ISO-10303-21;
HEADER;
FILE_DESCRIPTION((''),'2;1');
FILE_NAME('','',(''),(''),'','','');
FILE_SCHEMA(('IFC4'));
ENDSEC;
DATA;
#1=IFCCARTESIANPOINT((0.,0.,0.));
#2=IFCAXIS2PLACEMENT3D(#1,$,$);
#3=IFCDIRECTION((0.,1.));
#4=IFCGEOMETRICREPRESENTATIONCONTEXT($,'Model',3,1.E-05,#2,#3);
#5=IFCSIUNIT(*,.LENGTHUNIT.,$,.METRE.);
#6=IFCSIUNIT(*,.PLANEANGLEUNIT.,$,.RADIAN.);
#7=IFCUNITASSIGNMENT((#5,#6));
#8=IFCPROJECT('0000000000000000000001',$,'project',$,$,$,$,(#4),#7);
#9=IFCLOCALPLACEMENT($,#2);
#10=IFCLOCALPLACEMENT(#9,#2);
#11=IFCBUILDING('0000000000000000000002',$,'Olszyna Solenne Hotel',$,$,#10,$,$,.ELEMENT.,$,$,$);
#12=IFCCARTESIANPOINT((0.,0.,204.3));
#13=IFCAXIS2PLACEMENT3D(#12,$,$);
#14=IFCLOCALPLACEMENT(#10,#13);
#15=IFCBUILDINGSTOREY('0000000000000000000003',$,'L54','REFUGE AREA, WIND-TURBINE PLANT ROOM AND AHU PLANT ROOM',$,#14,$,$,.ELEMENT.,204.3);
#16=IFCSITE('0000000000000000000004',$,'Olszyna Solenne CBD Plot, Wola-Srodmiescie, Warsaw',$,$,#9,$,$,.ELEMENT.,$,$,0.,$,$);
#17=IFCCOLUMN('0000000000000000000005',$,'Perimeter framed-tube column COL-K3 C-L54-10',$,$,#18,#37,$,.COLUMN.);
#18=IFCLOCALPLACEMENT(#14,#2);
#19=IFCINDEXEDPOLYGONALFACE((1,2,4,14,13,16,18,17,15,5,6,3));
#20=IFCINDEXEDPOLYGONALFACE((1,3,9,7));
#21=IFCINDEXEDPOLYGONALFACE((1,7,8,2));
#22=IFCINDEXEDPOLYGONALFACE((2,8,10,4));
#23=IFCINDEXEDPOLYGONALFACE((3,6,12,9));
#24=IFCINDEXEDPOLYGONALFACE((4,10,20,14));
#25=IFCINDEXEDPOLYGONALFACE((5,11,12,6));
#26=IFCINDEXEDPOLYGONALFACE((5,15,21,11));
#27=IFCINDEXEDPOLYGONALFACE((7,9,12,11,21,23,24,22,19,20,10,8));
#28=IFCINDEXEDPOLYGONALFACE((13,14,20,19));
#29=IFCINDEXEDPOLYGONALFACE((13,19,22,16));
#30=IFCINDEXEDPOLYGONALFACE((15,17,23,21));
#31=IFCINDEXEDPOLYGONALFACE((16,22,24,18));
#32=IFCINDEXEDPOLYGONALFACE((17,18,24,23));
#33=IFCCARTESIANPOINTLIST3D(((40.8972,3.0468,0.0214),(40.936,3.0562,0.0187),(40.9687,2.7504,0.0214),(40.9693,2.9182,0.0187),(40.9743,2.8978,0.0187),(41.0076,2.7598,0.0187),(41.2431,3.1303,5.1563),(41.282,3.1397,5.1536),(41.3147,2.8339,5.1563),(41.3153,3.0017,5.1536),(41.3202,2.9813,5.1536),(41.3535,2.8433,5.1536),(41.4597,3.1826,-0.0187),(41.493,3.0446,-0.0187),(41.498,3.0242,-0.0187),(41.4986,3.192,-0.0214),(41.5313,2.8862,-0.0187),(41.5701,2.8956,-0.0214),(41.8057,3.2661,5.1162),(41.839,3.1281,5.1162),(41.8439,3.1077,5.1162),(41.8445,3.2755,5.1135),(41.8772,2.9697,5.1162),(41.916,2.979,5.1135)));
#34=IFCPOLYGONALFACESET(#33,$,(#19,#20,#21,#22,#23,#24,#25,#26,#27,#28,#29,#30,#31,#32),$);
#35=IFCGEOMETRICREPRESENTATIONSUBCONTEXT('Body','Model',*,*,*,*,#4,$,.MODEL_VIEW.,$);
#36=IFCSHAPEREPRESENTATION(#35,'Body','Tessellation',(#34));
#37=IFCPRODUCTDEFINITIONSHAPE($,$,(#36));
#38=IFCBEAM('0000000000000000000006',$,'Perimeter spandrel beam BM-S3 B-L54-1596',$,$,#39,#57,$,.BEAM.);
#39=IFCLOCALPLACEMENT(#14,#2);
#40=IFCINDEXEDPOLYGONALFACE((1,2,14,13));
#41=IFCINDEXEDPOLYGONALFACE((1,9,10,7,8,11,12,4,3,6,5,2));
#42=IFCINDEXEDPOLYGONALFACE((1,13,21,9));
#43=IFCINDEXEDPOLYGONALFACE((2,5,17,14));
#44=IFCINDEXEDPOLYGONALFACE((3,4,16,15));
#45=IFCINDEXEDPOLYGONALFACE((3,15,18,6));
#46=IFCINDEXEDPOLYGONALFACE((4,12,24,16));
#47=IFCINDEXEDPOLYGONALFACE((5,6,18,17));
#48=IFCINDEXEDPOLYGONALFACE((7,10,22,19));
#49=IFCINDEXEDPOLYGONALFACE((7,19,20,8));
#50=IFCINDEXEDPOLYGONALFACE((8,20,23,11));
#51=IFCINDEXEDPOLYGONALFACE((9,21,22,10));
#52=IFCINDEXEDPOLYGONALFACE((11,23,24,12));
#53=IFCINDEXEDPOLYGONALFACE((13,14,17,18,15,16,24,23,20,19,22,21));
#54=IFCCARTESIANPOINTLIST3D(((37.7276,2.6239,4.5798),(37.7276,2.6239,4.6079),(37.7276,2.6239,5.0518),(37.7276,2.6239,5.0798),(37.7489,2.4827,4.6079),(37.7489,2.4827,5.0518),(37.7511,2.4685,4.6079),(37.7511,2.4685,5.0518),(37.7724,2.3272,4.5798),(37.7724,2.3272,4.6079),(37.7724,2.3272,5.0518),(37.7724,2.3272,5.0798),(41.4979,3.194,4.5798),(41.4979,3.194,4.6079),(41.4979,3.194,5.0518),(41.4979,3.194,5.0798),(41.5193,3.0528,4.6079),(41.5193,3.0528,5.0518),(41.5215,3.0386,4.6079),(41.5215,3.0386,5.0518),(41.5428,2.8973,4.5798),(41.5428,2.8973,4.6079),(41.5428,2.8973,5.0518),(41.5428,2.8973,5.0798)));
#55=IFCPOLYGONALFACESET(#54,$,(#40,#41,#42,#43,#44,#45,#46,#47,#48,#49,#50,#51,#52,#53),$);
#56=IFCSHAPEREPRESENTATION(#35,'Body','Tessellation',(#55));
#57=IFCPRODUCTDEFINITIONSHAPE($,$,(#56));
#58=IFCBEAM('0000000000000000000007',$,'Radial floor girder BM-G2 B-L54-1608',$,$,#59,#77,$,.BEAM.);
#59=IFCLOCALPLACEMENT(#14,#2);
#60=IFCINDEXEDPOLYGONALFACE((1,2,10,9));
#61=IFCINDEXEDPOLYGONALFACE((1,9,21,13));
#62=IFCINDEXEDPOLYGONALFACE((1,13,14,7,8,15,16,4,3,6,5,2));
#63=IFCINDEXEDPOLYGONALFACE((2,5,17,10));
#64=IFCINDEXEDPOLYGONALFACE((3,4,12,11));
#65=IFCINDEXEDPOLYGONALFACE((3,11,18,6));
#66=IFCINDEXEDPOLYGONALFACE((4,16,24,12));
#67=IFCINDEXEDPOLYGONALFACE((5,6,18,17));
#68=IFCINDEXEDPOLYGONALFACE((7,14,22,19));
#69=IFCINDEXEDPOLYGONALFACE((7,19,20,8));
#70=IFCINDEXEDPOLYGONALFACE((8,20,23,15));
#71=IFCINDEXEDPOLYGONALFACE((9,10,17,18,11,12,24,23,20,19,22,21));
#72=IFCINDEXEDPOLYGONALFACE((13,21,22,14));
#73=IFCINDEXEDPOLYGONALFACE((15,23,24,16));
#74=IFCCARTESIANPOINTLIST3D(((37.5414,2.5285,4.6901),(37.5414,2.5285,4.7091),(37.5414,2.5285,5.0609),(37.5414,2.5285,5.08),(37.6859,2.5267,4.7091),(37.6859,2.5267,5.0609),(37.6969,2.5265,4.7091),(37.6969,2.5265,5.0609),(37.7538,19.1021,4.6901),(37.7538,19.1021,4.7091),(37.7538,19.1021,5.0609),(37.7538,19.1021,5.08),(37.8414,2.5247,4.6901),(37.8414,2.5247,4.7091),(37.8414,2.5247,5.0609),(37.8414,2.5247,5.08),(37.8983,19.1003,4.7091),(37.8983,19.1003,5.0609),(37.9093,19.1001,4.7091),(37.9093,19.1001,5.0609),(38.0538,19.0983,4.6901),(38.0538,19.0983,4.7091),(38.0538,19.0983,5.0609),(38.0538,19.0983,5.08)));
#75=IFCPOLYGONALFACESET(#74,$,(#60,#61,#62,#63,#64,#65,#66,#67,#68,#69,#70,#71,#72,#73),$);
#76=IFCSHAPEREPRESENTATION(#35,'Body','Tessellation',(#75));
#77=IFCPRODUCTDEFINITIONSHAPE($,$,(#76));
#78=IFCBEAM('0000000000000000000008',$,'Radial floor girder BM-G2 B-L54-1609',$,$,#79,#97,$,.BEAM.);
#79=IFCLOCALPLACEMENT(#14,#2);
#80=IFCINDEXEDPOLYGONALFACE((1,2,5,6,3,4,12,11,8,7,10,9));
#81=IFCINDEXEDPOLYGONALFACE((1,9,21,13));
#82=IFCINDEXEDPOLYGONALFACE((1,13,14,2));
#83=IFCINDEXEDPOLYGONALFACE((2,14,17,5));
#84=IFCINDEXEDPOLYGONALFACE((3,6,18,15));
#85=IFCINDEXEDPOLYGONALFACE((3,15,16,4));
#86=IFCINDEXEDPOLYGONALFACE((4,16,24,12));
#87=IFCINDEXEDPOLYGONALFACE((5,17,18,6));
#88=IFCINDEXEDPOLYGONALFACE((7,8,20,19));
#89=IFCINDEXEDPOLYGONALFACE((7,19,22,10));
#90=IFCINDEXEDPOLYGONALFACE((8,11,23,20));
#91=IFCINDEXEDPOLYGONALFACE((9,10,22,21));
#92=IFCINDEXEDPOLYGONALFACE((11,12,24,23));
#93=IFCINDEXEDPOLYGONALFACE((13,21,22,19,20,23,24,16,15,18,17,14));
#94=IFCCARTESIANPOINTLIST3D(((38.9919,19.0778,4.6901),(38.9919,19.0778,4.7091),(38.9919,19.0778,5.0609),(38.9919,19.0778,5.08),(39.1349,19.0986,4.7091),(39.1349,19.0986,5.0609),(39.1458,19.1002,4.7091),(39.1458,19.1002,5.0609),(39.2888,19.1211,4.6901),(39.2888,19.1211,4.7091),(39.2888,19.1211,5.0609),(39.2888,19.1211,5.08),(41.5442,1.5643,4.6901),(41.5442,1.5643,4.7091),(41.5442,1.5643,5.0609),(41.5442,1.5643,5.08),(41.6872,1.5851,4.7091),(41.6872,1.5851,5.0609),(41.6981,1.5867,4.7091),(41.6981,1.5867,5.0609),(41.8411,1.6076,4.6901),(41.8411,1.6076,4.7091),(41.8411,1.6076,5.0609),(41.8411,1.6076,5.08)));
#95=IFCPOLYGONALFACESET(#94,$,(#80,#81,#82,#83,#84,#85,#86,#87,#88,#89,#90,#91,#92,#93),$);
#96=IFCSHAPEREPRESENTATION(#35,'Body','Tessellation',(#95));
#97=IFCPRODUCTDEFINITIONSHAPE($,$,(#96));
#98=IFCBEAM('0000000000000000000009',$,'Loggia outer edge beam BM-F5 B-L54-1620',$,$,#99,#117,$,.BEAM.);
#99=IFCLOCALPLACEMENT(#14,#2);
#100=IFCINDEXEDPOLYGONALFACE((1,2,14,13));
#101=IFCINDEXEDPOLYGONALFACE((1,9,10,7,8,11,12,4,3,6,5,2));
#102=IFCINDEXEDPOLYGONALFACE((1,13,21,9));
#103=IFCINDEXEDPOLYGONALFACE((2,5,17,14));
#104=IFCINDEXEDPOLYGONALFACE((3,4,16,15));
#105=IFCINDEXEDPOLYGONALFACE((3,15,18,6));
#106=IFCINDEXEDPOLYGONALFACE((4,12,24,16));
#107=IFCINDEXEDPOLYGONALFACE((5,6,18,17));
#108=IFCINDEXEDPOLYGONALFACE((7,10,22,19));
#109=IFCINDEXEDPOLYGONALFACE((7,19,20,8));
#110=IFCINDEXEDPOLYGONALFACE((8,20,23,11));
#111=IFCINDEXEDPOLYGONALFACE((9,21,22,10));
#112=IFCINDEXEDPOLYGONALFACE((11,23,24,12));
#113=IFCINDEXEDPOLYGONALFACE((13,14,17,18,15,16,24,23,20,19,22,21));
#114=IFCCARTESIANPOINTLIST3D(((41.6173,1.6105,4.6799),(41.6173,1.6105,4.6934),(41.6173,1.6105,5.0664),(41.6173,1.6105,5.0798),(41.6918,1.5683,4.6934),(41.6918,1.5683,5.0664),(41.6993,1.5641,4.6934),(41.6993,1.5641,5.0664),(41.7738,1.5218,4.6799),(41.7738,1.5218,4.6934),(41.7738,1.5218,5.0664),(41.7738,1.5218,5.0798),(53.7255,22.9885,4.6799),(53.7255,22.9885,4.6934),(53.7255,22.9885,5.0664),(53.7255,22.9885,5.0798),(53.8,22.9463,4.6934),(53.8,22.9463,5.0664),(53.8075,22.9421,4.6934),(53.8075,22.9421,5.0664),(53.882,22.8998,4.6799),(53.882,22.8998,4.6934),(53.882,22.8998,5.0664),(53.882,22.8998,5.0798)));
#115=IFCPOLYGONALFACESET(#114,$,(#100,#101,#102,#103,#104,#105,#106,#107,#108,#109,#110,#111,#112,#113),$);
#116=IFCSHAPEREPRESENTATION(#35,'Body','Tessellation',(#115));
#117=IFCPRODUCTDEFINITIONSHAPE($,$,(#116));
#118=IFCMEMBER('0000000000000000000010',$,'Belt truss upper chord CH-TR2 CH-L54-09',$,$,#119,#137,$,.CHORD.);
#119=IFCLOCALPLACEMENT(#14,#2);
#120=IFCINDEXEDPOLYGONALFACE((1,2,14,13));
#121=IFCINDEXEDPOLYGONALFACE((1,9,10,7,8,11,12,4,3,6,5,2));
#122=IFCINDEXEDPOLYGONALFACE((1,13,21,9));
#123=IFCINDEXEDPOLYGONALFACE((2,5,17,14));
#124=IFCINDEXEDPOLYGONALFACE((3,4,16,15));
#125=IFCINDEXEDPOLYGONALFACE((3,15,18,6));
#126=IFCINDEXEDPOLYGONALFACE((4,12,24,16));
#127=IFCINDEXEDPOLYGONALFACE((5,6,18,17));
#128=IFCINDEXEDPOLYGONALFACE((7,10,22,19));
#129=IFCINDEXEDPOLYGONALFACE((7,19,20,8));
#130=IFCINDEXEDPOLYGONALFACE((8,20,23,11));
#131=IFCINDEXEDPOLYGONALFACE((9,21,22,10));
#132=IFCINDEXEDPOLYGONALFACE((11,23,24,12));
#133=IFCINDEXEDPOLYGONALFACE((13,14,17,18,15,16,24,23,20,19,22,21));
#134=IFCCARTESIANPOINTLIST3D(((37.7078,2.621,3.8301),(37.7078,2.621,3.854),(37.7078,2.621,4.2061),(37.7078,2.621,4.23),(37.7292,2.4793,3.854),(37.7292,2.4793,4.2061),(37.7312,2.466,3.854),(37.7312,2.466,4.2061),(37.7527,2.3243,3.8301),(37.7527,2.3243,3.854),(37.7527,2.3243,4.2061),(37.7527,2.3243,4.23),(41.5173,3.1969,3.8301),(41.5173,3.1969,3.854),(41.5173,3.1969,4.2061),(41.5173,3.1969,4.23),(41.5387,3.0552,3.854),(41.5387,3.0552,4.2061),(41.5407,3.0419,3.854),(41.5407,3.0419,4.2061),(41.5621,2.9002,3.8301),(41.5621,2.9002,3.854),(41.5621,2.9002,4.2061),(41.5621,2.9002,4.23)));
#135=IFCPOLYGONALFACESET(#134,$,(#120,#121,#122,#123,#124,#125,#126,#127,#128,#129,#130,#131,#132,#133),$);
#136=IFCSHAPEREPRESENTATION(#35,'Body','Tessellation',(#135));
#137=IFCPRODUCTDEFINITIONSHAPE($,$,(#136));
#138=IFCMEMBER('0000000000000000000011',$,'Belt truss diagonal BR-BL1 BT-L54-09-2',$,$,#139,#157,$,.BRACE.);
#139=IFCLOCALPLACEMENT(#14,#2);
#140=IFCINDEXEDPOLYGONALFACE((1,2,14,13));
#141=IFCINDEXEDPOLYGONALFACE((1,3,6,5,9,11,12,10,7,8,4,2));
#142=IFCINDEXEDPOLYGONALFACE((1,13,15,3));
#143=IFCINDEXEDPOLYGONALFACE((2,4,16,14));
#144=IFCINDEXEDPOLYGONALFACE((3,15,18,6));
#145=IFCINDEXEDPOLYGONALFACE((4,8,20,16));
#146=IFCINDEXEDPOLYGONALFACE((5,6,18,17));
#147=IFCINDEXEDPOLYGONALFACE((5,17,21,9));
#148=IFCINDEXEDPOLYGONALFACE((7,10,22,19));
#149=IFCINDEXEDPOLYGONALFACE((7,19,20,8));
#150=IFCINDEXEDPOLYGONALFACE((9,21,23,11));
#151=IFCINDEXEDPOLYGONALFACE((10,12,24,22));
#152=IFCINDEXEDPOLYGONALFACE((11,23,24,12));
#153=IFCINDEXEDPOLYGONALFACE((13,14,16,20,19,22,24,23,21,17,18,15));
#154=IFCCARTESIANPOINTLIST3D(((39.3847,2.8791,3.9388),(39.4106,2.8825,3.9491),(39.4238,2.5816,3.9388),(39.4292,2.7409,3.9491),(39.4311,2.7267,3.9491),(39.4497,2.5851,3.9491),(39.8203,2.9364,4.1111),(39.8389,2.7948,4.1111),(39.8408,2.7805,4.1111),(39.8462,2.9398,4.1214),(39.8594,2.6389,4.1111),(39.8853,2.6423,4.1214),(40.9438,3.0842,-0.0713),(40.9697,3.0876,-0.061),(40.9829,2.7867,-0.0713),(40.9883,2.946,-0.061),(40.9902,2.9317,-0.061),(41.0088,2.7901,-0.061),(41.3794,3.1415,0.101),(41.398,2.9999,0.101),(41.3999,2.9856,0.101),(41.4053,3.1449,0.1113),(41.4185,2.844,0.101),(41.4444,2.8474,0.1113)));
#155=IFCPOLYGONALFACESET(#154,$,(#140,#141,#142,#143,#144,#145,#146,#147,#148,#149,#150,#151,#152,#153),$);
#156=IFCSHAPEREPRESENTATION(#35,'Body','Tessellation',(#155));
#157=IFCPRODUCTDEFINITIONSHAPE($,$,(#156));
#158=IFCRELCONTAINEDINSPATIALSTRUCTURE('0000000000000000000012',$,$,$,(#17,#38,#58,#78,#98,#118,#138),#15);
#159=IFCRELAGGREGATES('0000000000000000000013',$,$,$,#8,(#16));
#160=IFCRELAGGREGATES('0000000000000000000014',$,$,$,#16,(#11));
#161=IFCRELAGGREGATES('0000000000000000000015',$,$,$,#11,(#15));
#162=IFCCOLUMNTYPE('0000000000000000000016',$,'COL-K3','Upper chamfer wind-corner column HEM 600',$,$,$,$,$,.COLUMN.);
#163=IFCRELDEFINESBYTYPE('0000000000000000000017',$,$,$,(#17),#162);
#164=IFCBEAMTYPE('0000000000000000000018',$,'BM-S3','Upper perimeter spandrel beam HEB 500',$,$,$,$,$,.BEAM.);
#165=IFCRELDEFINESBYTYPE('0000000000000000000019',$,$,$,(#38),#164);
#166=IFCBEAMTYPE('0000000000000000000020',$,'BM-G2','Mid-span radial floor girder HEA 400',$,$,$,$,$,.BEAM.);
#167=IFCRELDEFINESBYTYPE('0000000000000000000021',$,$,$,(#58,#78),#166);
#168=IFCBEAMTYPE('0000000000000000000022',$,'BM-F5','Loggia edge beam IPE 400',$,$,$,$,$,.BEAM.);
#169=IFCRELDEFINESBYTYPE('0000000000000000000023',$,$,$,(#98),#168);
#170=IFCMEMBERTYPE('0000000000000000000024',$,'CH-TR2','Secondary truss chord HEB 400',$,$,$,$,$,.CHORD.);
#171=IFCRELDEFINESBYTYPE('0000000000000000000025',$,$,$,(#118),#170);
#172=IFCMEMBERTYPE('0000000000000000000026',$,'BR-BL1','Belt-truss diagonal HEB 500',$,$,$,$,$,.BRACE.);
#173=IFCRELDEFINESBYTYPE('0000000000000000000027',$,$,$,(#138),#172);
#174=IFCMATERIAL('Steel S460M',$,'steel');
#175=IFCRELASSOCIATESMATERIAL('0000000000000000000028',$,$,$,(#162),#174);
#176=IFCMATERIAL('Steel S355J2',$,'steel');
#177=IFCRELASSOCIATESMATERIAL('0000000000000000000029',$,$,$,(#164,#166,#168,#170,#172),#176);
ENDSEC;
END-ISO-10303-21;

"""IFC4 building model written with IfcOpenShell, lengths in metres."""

from ifc_helpers import new_model, si_unit, direction, frame, origin, origin_2d, place, context, subcontext, project, spatial, i_section, extrude, source, transform, mapped, material, material_profile, profile_set, type_object, element, save


model = new_model("IFC4")

# Units and contexts
model_context = context("Model", 3, precision=1e-05, world=origin(), true_north=direction((0.0, 1.0)))
body_context = subcontext(model_context, "Body", "Model", "MODEL_VIEW")
ifc_project = project(units=[si_unit("LENGTHUNIT", "METRE"), si_unit("PLANEANGLEUNIT", "RADIAN")], contexts=[model_context])

# Site, building, storey
site_placement = place(None, origin())
site = spatial("IfcSite", under=ifc_project, at=site_placement, Name="Olszyna Solenne CBD Plot, Wola-Srodmiescie, Warsaw", CompositionType="ELEMENT", RefElevation=0.0)
building_placement = place(site_placement, origin())
building = spatial("IfcBuilding", under=site, at=building_placement, Name="Olszyna Solenne Hotel", CompositionType="ELEMENT")
storey_placement = place(building_placement, frame((0.0, 0.0, 204.3)))
storey = spatial("IfcBuildingStorey", under=building, at=storey_placement, Name="L54", Description="REFUGE AREA, WIND-TURBINE PLANT ROOM AND AHU PLANT ROOM", CompositionType="ELEMENT", Elevation=204.3)

# Column
ifc_material_1 = material(Name="Steel S460M", Category="steel")
ifc_material_profile_1 = material_profile(ifc_material_1, i_section(OverallWidth=0.3049, OverallDepth=0.6201, WebThickness=0.021, FlangeThickness=0.04, at=origin_2d()), Name="HEM 600", Category="load-bearing")
ifc_profile_set_1 = profile_set([ifc_material_profile_1], Name="Steel S460M")
column_type = type_object("IfcColumnType", Name="COL-K3", Description="Upper chamfer wind-corner column HEM 600", PredefinedType="COLUMN", material=ifc_profile_set_1)
shared_shape_1 = source(origin(), body_context, "Body", "SweptSolid", [
    extrude(i_section(OverallWidth=0.3049, OverallDepth=0.6201, WebThickness=0.021, FlangeThickness=0.04, at=origin_2d()), origin(), (0.0, 0.0, 1.0), 5.1472),
])
column_placement = place(storey_placement, frame((41.2336, 2.9712, 0.0), z_axis=(0.067209, 0.016221, 0.997607), x_axis=(-0.234618, 0.972088, 0.0)))
element("IfcColumn", 1, at=column_placement, inside=storey, type_object=column_type, Name="Perimeter framed-tube column COL-K3 C-L54-10", PredefinedType="COLUMN", context=body_context, shape_type="MappedRepresentation", body=[
    mapped(shared_shape_1, transform((0.0, 0.0, 0.0), x_axis=(1.0, 0.0, 0.0), y_axis=(0.0, 1.0, 0.0), z_axis=(0.0, 0.0, 1.0), scale=1.0)),
])

# Beams
ifc_material_2 = material(Name="Steel S355J2", Category="steel")
ifc_material_profile_2 = material_profile(ifc_material_2, i_section(OverallWidth=0.3, OverallDepth=0.5, WebThickness=0.0144, FlangeThickness=0.0281, at=origin_2d()), Name="HEB 500", Category="load-bearing")
ifc_profile_set_2 = profile_set([ifc_material_profile_2], Name="Steel S355J2")
beam_type_1 = type_object("IfcBeamType", Name="BM-S3", Description="Upper perimeter spandrel beam HEB 500", PredefinedType="BEAM", material=ifc_profile_set_2)
shared_shape_2 = source(origin(), body_context, "Body", "SweptSolid", [
    extrude(i_section(OverallWidth=0.3, OverallDepth=0.5, WebThickness=0.0144, FlangeThickness=0.0281, at=origin_2d()), origin(), (0.0, 0.0, 1.0), 3.8132),
])
beam_1_placement = place(storey_placement, frame((37.75, 2.4756, 4.8298), z_axis=(0.988761, 0.149502, 0.0), x_axis=(-0.149502, 0.988761, 0.0)))
element("IfcBeam", 2, at=beam_1_placement, inside=storey, type_object=beam_type_1, Name="Perimeter spandrel beam BM-S3 B-L54-1596", PredefinedType="BEAM", context=body_context, shape_type="MappedRepresentation", body=[
    mapped(shared_shape_2, transform((0.0, 0.0, 0.0), x_axis=(1.0, 0.0, 0.0), y_axis=(0.0, 1.0, 0.0), z_axis=(0.0, 0.0, 1.0), scale=1.0)),
])
ifc_material_profile_3 = material_profile(ifc_material_2, i_section(OverallWidth=0.3, OverallDepth=0.3899, WebThickness=0.011, FlangeThickness=0.019, at=origin_2d()), Name="HEA 400", Category="load-bearing")
ifc_profile_set_3 = profile_set([ifc_material_profile_3], Name="Steel S355J2")
beam_type_2 = type_object("IfcBeamType", Name="BM-G2", Description="Mid-span radial floor girder HEA 400", PredefinedType="BEAM", material=ifc_profile_set_3)
shared_shape_3 = source(origin(), body_context, "Body", "SweptSolid", [
    extrude(i_section(OverallWidth=0.3, OverallDepth=0.3899, WebThickness=0.011, FlangeThickness=0.019, at=origin_2d()), origin(), (0.0, 0.0, 1.0), 16.575),
])
beam_2_placement = place(storey_placement, frame((37.6914, 2.5266, 4.885), z_axis=(0.012815, 0.999918, 0.0), x_axis=(-0.999918, 0.012815, 0.0)))
element("IfcBeam", 3, at=beam_2_placement, inside=storey, type_object=beam_type_2, Name="Radial floor girder BM-G2 B-L54-1608", PredefinedType="BEAM", context=body_context, shape_type="MappedRepresentation", body=[
    mapped(shared_shape_3, transform((0.0, 0.0, 0.0), x_axis=(1.0, 0.0, 0.0), y_axis=(0.0, 1.0, 0.0), z_axis=(0.0, 0.0, 1.0), scale=1.0)),
])
shared_shape_4 = source(origin(), body_context, "Body", "SweptSolid", [
    extrude(i_section(OverallWidth=0.3, OverallDepth=0.3899, WebThickness=0.011, FlangeThickness=0.019, at=origin_2d()), origin(), (0.0, 0.0, 1.0), 17.6985),
])
beam_3_placement = place(storey_placement, frame((41.6926, 1.5859, 4.885), z_axis=(-0.144208, 0.989547, 0.0), x_axis=(-0.989547, -0.144208, 0.0)))
element("IfcBeam", 4, at=beam_3_placement, inside=storey, type_object=beam_type_2, Name="Radial floor girder BM-G2 B-L54-1609", PredefinedType="BEAM", context=body_context, shape_type="MappedRepresentation", body=[
    mapped(shared_shape_4, transform((0.0, 0.0, 0.0), x_axis=(1.0, 0.0, 0.0), y_axis=(0.0, 1.0, 0.0), z_axis=(0.0, 0.0, 1.0), scale=1.0)),
])
ifc_material_profile_4 = material_profile(ifc_material_2, i_section(OverallWidth=0.1799, OverallDepth=0.3999, WebThickness=0.0085, FlangeThickness=0.0134, at=origin_2d()), Name="IPE 400", Category="load-bearing")
ifc_profile_set_4 = profile_set([ifc_material_profile_4], Name="Steel S355J2")
beam_type_3 = type_object("IfcBeamType", Name="BM-F5", Description="Loggia edge beam IPE 400", PredefinedType="BEAM", material=ifc_profile_set_4)
shared_shape_5 = source(origin(), body_context, "Body", "SweptSolid", [
    extrude(i_section(OverallWidth=0.1799, OverallDepth=0.3999, WebThickness=0.0085, FlangeThickness=0.0134, at=origin_2d()), origin(), (0.0, 0.0, 1.0), 24.5688),
])
beam_4_placement = place(storey_placement, frame((41.6956, 1.5662, 4.8799), z_axis=(0.492828, 0.870127, 0.0), x_axis=(-0.870127, 0.492828, 0.0)))
element("IfcBeam", 5, at=beam_4_placement, inside=storey, type_object=beam_type_3, Name="Loggia outer edge beam BM-F5 B-L54-1620", PredefinedType="BEAM", context=body_context, shape_type="MappedRepresentation", body=[
    mapped(shared_shape_5, transform((0.0, 0.0, 0.0), x_axis=(1.0, 0.0, 0.0), y_axis=(0.0, 1.0, 0.0), z_axis=(0.0, 0.0, 1.0), scale=1.0)),
])

# Members
ifc_material_profile_5 = material_profile(ifc_material_2, i_section(OverallWidth=0.3, OverallDepth=0.3999, WebThickness=0.0134, FlangeThickness=0.0239, at=origin_2d()), Name="HEB 400", Category="load-bearing")
ifc_profile_set_5 = profile_set([ifc_material_profile_5], Name="Steel S355J2")
member_type_1 = type_object("IfcMemberType", Name="CH-TR2", Description="Secondary truss chord HEB 400", PredefinedType="CHORD", material=ifc_profile_set_5)
shared_shape_6 = source(origin(), body_context, "Body", "SweptSolid", [
    extrude(i_section(OverallWidth=0.3, OverallDepth=0.3999, WebThickness=0.0134, FlangeThickness=0.0239, at=origin_2d()), origin(), (0.0, 0.0, 1.0), 3.8528),
])
member_1_placement = place(storey_placement, frame((37.7302, 2.4727, 4.03), z_axis=(0.988765, 0.149481, 0.0), x_axis=(-0.149481, 0.988765, 0.0)))
element("IfcMember", 6, at=member_1_placement, inside=storey, type_object=member_type_1, Name="Belt truss upper chord CH-TR2 CH-L54-09", PredefinedType="CHORD", context=body_context, shape_type="MappedRepresentation", body=[
    mapped(shared_shape_6, transform((0.0, 0.0, 0.0), x_axis=(1.0, 0.0, 0.0), y_axis=(0.0, 1.0, 0.0), z_axis=(0.0, 0.0, 1.0), scale=1.0)),
])
ifc_material_profile_6 = material_profile(ifc_material_2, i_section(OverallWidth=0.3, OverallDepth=0.5, WebThickness=0.0144, FlangeThickness=0.0281, at=origin_2d()), Name="HEB 500", Category="load-bearing")
ifc_profile_set_6 = profile_set([ifc_material_profile_6], Name="Steel S355J2")
member_type_2 = type_object("IfcMemberType", Name="BR-BL1", Description="Belt-truss diagonal HEB 500", PredefinedType="BRACE", material=ifc_profile_set_6)
shared_shape_7 = source(origin(), body_context, "Body", "SweptSolid", [
    extrude(i_section(OverallWidth=0.3, OverallDepth=0.5, WebThickness=0.0144, FlangeThickness=0.0281, at=origin_2d()), origin(), (0.0, 0.0, 1.0), 4.3074),
])
member_2_placement = place(storey_placement, frame((41.1941, 2.9658, 0.02), z_axis=(-0.361961, -0.047612, 0.930976), x_axis=(0.130414, -0.99146, 0.0)))
element("IfcMember", 7, at=member_2_placement, inside=storey, type_object=member_type_2, Name="Belt truss diagonal BR-BL1 BT-L54-09-2", PredefinedType="BRACE", context=body_context, shape_type="MappedRepresentation", body=[
    mapped(shared_shape_7, transform((0.0, 0.0, 0.0), x_axis=(1.0, 0.0, 0.0), y_axis=(0.0, 1.0, 0.0), z_axis=(0.0, 0.0, 1.0), scale=1.0)),
])

save(model, "model.ifc")
